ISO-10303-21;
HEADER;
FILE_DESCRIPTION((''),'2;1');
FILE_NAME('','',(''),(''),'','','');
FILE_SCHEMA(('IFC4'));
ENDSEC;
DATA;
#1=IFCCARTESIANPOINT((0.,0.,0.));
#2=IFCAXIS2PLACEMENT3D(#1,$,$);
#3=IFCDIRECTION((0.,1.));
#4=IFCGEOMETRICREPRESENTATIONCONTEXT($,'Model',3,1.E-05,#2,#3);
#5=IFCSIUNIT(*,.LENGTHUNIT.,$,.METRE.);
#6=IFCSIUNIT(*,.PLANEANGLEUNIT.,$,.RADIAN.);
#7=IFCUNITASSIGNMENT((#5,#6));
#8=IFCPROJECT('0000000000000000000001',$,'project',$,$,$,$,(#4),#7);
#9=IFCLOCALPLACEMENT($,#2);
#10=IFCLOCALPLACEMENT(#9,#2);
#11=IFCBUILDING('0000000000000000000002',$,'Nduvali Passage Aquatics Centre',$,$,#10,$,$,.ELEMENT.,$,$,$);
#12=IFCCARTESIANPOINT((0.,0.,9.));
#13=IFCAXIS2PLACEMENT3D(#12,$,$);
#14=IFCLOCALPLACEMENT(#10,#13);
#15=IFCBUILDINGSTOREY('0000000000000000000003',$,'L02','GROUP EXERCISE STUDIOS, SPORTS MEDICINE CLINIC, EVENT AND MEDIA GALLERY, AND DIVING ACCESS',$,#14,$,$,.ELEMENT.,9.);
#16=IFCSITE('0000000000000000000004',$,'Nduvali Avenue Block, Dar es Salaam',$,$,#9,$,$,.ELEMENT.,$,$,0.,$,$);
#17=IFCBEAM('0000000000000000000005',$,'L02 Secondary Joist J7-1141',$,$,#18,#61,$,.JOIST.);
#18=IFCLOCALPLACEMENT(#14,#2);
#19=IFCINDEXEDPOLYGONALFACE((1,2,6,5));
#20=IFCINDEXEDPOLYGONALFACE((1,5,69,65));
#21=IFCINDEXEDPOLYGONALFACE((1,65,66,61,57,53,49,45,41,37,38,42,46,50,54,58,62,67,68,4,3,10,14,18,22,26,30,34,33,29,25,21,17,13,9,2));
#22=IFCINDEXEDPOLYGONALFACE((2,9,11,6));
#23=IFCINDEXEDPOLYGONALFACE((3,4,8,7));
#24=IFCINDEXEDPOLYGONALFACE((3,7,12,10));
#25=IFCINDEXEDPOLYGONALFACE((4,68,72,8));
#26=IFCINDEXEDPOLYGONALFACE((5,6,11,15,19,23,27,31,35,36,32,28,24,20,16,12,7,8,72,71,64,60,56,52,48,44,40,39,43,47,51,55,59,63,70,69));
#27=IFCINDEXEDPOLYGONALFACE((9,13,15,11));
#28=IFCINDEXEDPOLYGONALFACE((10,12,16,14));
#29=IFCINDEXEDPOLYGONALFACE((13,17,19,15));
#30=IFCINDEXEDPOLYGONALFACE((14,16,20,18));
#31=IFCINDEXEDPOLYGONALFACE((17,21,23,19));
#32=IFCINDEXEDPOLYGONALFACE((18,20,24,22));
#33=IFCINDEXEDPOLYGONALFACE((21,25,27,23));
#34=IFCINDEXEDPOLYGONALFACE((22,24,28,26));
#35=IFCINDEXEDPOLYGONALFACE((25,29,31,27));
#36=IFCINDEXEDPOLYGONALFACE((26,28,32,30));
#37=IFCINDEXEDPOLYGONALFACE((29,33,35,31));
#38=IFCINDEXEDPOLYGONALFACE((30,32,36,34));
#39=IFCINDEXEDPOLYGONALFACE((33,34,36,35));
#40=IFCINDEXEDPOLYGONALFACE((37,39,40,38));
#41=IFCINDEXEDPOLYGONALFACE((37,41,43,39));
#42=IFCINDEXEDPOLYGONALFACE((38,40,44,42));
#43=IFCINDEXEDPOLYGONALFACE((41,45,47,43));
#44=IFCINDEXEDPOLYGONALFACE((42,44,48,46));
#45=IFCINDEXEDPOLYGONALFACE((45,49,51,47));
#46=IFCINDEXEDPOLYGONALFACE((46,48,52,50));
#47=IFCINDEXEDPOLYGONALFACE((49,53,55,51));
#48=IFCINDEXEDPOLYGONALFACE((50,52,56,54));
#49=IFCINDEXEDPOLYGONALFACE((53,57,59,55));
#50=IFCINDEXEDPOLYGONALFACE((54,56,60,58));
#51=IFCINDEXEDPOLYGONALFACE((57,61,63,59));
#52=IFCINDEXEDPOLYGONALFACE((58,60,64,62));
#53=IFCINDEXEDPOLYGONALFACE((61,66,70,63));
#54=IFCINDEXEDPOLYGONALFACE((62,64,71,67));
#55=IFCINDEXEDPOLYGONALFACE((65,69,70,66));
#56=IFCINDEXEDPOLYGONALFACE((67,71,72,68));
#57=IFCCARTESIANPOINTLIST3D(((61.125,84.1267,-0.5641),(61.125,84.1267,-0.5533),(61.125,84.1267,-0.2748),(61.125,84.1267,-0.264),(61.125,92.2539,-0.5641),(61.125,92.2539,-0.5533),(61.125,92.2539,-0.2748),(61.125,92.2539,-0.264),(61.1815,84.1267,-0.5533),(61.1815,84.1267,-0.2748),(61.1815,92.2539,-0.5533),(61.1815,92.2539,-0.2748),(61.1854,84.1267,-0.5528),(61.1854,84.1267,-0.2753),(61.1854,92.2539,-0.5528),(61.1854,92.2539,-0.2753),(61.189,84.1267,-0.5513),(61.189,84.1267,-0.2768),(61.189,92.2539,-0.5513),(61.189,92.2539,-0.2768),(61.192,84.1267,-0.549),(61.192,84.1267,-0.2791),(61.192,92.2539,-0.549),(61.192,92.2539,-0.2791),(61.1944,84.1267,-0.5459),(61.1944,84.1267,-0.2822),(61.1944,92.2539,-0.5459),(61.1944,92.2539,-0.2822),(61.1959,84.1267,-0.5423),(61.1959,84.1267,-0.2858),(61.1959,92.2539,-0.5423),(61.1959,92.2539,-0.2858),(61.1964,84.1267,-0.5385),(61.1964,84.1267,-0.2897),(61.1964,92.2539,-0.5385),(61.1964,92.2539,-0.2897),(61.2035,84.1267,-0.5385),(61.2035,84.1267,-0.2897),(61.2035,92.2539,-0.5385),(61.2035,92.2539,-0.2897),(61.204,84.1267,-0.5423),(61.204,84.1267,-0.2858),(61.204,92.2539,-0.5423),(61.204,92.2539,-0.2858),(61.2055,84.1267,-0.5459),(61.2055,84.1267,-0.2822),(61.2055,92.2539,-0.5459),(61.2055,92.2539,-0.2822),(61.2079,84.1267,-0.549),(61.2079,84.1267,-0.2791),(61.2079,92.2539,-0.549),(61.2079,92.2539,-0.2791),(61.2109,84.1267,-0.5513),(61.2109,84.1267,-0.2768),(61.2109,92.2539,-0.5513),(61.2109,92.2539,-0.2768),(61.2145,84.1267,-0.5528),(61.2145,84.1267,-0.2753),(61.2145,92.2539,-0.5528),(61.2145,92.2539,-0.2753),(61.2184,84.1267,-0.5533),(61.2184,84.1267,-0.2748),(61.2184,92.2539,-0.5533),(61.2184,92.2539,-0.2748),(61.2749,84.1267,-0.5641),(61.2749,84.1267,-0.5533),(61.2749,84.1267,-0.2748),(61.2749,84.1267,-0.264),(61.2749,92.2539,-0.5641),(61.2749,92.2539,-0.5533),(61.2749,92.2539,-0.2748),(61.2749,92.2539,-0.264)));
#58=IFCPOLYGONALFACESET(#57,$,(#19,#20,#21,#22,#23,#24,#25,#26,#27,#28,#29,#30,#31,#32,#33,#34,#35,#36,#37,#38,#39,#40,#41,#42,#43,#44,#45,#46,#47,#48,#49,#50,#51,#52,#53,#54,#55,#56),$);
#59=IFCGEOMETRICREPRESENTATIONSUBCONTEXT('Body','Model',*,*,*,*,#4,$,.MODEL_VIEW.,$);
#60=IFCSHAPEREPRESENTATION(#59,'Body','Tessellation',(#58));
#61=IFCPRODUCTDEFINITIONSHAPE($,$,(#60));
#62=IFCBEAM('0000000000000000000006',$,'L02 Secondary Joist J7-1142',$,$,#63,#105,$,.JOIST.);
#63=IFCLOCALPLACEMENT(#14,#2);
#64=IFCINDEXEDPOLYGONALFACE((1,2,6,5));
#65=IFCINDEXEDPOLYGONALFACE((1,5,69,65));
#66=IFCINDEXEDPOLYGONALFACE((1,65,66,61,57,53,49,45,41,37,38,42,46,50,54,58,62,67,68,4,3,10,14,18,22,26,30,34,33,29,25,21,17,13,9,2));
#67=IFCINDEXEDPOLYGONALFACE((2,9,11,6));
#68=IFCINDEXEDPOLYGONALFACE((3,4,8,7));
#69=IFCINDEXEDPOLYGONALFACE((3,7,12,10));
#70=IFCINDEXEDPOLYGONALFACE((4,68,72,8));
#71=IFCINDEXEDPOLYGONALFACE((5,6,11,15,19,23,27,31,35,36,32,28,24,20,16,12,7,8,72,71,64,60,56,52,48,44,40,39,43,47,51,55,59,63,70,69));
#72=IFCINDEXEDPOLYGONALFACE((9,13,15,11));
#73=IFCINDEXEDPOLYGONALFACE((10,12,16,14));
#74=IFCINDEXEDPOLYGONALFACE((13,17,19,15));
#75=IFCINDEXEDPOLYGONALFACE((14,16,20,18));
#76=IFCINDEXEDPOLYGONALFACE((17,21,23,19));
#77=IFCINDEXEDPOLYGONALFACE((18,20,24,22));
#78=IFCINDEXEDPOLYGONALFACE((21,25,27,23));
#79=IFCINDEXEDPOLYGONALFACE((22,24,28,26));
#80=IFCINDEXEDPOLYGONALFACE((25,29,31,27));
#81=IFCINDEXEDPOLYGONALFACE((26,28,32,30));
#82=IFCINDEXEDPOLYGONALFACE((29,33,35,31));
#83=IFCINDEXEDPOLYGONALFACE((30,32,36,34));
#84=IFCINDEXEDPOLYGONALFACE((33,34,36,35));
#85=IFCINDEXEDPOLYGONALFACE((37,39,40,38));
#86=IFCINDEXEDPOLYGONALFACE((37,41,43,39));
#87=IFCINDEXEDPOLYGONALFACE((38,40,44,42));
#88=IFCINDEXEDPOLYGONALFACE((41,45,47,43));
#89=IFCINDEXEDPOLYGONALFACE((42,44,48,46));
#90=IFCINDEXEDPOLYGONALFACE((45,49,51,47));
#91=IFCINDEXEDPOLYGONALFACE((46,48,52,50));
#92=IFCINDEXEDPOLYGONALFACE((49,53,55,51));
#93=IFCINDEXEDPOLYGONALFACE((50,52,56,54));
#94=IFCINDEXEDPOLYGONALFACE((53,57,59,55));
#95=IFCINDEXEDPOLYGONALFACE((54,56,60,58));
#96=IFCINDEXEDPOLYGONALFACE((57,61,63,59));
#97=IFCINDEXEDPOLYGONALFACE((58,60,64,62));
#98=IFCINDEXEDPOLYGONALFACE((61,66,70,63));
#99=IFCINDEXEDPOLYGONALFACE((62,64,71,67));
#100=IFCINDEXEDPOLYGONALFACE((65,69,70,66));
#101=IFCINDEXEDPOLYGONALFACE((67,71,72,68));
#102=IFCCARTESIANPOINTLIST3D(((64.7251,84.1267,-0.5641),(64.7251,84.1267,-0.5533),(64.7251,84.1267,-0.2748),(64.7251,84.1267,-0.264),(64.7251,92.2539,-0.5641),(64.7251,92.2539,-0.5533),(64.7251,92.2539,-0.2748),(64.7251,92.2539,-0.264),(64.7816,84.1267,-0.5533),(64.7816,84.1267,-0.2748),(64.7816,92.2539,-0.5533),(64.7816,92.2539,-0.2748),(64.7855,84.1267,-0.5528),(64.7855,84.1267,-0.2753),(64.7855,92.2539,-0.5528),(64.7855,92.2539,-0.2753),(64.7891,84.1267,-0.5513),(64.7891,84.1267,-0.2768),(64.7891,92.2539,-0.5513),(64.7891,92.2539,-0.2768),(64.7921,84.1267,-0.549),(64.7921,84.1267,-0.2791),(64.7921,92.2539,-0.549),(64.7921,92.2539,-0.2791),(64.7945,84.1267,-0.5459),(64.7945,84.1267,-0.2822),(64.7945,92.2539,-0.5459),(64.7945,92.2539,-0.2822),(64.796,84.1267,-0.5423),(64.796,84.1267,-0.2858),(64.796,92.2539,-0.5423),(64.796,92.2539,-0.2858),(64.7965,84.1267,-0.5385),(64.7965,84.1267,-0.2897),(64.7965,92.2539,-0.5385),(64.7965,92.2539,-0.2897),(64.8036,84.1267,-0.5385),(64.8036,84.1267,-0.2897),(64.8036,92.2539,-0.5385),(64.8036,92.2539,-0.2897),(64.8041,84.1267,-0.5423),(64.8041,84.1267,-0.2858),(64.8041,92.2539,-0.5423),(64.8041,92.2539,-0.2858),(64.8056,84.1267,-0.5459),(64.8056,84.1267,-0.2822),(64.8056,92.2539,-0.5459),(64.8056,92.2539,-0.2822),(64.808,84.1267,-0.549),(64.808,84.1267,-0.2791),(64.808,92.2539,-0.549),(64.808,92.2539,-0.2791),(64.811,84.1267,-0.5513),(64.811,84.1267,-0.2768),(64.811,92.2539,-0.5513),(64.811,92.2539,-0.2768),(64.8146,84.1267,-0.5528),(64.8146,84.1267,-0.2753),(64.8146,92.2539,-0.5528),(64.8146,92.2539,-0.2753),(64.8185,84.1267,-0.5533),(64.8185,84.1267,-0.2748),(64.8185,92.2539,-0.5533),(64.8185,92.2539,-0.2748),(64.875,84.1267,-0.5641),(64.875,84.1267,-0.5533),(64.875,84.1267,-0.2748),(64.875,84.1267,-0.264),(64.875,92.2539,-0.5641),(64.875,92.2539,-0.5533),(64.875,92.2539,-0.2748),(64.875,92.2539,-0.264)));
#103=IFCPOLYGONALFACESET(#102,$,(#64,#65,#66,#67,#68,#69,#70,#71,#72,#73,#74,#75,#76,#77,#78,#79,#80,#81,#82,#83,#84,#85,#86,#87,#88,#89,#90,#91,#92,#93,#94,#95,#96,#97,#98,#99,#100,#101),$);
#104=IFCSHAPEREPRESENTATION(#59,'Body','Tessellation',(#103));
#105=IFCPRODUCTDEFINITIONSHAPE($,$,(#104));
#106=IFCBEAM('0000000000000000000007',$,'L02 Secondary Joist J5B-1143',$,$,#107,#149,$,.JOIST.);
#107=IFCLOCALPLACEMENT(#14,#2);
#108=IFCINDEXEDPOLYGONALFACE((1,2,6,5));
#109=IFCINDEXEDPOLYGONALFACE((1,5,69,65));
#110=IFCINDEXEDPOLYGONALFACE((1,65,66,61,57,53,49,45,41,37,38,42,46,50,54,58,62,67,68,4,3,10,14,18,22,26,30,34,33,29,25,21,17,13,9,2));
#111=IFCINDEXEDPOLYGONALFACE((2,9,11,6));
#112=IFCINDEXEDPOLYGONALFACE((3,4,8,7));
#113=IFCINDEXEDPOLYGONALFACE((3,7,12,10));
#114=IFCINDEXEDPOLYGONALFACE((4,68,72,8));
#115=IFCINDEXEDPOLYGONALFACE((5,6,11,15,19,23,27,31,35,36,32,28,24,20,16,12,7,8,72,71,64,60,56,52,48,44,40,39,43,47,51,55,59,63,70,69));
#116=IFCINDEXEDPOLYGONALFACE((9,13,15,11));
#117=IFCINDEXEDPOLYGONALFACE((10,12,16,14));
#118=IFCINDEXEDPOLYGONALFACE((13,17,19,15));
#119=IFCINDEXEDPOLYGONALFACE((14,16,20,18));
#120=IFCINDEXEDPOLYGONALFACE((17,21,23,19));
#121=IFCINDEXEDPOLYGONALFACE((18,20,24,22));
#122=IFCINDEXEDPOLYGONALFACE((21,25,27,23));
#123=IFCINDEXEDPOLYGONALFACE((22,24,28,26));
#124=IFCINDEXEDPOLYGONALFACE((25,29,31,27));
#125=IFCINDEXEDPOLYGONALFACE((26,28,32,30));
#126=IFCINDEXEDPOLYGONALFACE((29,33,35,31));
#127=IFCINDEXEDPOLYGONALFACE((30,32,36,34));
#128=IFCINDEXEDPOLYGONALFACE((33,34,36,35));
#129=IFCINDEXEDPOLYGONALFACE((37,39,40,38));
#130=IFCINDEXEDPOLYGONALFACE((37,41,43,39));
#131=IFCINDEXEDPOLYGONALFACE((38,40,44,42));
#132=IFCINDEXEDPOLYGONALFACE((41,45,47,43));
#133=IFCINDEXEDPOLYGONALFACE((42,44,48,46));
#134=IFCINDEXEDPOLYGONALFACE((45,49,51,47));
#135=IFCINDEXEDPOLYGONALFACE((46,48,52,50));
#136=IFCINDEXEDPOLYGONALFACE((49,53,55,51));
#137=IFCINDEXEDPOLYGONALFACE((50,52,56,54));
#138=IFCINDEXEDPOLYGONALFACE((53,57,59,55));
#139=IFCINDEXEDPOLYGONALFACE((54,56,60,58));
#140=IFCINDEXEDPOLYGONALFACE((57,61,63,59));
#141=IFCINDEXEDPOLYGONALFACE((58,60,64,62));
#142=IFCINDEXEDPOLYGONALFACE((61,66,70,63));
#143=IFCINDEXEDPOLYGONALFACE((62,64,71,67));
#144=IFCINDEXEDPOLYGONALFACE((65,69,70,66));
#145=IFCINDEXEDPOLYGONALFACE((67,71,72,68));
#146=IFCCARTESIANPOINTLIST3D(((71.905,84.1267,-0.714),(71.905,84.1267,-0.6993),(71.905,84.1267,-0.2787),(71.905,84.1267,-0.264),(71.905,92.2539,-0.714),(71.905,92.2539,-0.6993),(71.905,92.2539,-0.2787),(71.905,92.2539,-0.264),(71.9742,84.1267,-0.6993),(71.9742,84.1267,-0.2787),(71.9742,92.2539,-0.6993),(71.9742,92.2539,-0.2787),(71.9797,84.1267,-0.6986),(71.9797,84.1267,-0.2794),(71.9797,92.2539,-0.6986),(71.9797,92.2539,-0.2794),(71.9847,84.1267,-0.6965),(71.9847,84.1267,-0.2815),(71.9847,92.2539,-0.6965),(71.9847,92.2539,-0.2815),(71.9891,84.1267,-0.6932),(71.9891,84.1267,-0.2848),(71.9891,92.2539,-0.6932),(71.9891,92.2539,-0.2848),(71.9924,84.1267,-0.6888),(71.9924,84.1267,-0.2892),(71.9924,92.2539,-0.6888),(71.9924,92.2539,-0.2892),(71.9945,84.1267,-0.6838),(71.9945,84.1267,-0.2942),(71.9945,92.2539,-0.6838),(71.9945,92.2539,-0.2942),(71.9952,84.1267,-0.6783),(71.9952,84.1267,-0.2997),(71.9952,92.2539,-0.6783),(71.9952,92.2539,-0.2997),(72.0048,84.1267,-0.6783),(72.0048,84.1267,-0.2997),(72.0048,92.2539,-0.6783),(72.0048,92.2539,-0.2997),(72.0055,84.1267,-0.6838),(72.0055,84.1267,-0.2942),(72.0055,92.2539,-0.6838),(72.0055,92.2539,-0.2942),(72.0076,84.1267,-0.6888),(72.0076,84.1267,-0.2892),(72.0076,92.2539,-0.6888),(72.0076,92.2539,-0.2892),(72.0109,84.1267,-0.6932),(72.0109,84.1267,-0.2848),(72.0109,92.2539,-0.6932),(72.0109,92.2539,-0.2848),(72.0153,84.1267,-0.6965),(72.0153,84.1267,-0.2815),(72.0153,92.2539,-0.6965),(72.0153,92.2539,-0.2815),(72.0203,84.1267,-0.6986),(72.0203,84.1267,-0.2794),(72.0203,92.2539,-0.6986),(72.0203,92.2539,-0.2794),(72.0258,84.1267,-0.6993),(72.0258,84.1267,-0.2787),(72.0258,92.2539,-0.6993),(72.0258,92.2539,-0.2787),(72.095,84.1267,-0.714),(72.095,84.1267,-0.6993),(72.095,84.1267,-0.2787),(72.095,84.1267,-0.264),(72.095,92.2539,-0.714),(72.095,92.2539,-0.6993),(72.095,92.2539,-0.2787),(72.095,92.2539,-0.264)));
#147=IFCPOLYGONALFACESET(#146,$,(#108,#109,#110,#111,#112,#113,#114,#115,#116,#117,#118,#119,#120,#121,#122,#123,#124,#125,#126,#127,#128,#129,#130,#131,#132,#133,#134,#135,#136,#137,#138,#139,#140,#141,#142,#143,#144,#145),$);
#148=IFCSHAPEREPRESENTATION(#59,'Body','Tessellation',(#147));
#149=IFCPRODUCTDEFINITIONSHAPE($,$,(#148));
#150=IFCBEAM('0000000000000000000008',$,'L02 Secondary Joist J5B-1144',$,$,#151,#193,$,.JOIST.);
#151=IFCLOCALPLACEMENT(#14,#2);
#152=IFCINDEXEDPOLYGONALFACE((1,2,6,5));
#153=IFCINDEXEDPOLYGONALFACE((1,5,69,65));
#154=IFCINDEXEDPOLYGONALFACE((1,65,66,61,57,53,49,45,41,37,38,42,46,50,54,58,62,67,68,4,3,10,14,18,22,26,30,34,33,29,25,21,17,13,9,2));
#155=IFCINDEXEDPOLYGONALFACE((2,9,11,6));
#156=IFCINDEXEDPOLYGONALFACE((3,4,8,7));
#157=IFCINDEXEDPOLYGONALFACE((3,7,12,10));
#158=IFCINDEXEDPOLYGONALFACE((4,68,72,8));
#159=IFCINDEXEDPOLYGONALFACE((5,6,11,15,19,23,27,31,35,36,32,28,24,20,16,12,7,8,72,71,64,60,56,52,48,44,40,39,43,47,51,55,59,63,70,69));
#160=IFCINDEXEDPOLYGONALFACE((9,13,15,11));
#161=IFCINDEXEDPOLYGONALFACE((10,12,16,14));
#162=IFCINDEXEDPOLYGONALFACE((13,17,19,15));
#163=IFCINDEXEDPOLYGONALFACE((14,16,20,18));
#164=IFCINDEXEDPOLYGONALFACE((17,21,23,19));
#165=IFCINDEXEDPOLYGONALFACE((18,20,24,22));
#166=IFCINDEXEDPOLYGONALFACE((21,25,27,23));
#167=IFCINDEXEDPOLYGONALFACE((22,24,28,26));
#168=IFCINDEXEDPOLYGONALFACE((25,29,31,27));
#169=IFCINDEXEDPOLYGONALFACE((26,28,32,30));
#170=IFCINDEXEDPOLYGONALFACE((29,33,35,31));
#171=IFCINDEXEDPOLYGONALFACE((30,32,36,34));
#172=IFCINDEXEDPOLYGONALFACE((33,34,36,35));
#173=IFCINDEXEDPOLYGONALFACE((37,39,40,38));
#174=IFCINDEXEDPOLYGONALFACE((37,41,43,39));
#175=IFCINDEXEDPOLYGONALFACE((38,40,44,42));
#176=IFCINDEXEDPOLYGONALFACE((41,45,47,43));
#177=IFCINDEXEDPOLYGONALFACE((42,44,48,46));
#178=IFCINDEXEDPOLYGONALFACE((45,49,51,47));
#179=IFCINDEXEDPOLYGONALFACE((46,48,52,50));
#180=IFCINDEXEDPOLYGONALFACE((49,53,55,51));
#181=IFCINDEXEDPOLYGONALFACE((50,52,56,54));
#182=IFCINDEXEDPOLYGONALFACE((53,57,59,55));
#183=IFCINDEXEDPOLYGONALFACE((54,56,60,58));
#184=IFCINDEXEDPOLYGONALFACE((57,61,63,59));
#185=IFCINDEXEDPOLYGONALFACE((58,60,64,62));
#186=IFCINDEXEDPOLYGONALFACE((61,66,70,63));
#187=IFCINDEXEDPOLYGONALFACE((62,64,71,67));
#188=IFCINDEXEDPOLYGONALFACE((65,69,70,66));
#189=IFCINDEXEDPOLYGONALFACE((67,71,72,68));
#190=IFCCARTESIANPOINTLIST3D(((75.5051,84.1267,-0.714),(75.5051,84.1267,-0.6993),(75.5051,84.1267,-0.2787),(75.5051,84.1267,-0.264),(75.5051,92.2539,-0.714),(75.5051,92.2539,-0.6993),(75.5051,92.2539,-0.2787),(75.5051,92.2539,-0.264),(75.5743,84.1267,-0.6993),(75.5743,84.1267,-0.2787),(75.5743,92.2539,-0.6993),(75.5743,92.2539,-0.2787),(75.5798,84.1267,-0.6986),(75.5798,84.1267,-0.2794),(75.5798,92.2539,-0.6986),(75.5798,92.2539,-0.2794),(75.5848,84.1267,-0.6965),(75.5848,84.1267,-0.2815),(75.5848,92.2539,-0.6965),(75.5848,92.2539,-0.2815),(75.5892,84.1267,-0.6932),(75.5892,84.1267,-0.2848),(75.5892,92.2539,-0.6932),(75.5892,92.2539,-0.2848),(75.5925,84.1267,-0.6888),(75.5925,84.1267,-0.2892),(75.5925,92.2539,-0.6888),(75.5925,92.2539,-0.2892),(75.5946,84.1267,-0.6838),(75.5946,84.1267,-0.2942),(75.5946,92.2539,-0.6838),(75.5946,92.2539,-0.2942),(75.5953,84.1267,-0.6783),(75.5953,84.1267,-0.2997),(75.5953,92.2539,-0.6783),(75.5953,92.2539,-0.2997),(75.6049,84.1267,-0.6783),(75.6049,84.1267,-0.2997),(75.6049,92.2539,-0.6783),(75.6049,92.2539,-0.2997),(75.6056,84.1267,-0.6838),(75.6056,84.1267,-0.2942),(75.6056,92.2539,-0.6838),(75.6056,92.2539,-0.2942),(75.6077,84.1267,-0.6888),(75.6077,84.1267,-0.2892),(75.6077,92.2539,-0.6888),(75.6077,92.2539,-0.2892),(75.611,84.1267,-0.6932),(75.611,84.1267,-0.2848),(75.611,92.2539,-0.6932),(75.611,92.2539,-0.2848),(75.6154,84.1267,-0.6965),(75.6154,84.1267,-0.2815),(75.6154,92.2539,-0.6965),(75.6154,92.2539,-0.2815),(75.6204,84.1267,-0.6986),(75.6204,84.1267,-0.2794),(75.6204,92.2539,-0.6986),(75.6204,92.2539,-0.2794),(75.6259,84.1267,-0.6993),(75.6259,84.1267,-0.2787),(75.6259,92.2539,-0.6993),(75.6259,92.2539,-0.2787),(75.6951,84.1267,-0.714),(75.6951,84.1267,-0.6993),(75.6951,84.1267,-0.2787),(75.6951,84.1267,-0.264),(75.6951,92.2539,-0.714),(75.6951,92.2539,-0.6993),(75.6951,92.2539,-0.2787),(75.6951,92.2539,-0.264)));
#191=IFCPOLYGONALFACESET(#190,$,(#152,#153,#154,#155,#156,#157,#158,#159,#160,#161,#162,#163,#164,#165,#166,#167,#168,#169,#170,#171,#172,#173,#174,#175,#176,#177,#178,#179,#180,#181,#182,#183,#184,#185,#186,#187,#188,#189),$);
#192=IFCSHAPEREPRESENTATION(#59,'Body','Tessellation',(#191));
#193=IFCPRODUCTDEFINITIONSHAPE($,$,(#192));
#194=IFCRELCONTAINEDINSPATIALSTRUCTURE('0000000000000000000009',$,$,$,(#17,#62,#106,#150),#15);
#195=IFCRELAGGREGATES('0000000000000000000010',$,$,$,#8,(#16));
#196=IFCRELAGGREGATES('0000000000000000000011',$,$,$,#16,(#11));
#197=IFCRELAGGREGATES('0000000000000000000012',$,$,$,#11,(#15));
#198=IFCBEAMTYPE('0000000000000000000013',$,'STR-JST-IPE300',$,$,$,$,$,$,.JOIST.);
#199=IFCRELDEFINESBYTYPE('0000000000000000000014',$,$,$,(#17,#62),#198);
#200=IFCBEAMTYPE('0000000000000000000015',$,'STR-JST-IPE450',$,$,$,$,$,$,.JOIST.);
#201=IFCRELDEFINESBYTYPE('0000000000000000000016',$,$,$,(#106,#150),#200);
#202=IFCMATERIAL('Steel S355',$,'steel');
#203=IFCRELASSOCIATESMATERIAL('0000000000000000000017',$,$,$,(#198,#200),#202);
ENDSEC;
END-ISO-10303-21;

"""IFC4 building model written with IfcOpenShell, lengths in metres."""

from ifc_helpers import new_model, si_unit, direction, frame, origin, origin_2d, place, context, subcontext, project, spatial, i_section, extrude, material, material_profile, profile_set, type_object, element, save


model = new_model("IFC4")

# Units and contexts
model_context = context("Model", 3, precision=1e-05, world=origin(), true_north=direction((0.0, 1.0)))
body_context = subcontext(model_context, "Body", "Model", "MODEL_VIEW")
ifc_project = project(units=[si_unit("LENGTHUNIT", "METRE"), si_unit("PLANEANGLEUNIT", "RADIAN")], contexts=[model_context])

# Site, building, storey
site_placement = place(None, origin())
site = spatial("IfcSite", under=ifc_project, at=site_placement, Name="Nduvali Avenue Block, Dar es Salaam", CompositionType="ELEMENT", RefElevation=0.0)
building_placement = place(site_placement, origin())
building = spatial("IfcBuilding", under=site, at=building_placement, Name="Nduvali Passage Aquatics Centre", CompositionType="ELEMENT")
storey_placement = place(building_placement, frame((0.0, 0.0, 9.0)))
storey = spatial("IfcBuildingStorey", under=building, at=storey_placement, Name="L02", Description="GROUP EXERCISE STUDIOS, SPORTS MEDICINE CLINIC, EVENT AND MEDIA GALLERY, AND DIVING ACCESS", CompositionType="ELEMENT", Elevation=9.0)

# Shared definitions
ifc_material_1 = material(Name="Steel S355", Category="steel")

# Beams
ifc_material_profile_1 = material_profile(ifc_material_1, i_section(OverallWidth=0.1499, OverallDepth=0.3, WebThickness=0.0071, FlangeThickness=0.0107, FilletRadius=0.0149, at=origin_2d()), Name="IPE 300")
ifc_profile_set_1 = profile_set([ifc_material_profile_1], Name="Steel S355")
beam_type_1 = type_object("IfcBeamType", Name="STR-JST-IPE300", PredefinedType="JOIST", material=ifc_profile_set_1)
for number, where, z_axis, x_axis, name in (
    (1, (61.2, 84.1267, -0.4141), (0.0, 1.0, 0.0), (-1.0, 0.0, 0.0), "L02 Secondary Joist J7-1141"),
    (2, (64.8, 84.1267, -0.4141), (0.0, 1.0, 0.0), (-1.0, 0.0, 0.0), "L02 Secondary Joist J7-1142"),
):
    element("IfcBeam", number, at=place(storey_placement, frame(where, z_axis=z_axis, x_axis=x_axis)), inside=storey, type_object=beam_type_1, Name=name, PredefinedType="JOIST", context=body_context, shape_type="SweptSolid", body=[
        extrude(i_section(OverallWidth=0.1499, OverallDepth=0.3, WebThickness=0.0071, FlangeThickness=0.0107, FilletRadius=0.0149, at=origin_2d()), origin(), (0.0, 0.0, 1.0), 8.1272),
    ])
ifc_material_profile_2 = material_profile(ifc_material_1, i_section(OverallWidth=0.1899, OverallDepth=0.45, WebThickness=0.0095, FlangeThickness=0.0146, FilletRadius=0.021, at=origin_2d()), Name="IPE 450")
ifc_profile_set_2 = profile_set([ifc_material_profile_2], Name="Steel S355")
beam_type_2 = type_object("IfcBeamType", Name="STR-JST-IPE450", PredefinedType="JOIST", material=ifc_profile_set_2)
for number, where, z_axis, x_axis, name in (
    (3, (72.0, 84.1267, -0.489), (0.0, 1.0, 0.0), (-1.0, 0.0, 0.0), "L02 Secondary Joist J5B-1143"),
    (4, (75.6001, 84.1267, -0.489), (0.0, 1.0, 0.0), (-1.0, 0.0, 0.0), "L02 Secondary Joist J5B-1144"),
):
    element("IfcBeam", number, at=place(storey_placement, frame(where, z_axis=z_axis, x_axis=x_axis)), inside=storey, type_object=beam_type_2, Name=name, PredefinedType="JOIST", context=body_context, shape_type="SweptSolid", body=[
        extrude(i_section(OverallWidth=0.1899, OverallDepth=0.45, WebThickness=0.0095, FlangeThickness=0.0146, FilletRadius=0.021, at=origin_2d()), origin(), (0.0, 0.0, 1.0), 8.1272),
    ])

save(model, "model.ifc")
